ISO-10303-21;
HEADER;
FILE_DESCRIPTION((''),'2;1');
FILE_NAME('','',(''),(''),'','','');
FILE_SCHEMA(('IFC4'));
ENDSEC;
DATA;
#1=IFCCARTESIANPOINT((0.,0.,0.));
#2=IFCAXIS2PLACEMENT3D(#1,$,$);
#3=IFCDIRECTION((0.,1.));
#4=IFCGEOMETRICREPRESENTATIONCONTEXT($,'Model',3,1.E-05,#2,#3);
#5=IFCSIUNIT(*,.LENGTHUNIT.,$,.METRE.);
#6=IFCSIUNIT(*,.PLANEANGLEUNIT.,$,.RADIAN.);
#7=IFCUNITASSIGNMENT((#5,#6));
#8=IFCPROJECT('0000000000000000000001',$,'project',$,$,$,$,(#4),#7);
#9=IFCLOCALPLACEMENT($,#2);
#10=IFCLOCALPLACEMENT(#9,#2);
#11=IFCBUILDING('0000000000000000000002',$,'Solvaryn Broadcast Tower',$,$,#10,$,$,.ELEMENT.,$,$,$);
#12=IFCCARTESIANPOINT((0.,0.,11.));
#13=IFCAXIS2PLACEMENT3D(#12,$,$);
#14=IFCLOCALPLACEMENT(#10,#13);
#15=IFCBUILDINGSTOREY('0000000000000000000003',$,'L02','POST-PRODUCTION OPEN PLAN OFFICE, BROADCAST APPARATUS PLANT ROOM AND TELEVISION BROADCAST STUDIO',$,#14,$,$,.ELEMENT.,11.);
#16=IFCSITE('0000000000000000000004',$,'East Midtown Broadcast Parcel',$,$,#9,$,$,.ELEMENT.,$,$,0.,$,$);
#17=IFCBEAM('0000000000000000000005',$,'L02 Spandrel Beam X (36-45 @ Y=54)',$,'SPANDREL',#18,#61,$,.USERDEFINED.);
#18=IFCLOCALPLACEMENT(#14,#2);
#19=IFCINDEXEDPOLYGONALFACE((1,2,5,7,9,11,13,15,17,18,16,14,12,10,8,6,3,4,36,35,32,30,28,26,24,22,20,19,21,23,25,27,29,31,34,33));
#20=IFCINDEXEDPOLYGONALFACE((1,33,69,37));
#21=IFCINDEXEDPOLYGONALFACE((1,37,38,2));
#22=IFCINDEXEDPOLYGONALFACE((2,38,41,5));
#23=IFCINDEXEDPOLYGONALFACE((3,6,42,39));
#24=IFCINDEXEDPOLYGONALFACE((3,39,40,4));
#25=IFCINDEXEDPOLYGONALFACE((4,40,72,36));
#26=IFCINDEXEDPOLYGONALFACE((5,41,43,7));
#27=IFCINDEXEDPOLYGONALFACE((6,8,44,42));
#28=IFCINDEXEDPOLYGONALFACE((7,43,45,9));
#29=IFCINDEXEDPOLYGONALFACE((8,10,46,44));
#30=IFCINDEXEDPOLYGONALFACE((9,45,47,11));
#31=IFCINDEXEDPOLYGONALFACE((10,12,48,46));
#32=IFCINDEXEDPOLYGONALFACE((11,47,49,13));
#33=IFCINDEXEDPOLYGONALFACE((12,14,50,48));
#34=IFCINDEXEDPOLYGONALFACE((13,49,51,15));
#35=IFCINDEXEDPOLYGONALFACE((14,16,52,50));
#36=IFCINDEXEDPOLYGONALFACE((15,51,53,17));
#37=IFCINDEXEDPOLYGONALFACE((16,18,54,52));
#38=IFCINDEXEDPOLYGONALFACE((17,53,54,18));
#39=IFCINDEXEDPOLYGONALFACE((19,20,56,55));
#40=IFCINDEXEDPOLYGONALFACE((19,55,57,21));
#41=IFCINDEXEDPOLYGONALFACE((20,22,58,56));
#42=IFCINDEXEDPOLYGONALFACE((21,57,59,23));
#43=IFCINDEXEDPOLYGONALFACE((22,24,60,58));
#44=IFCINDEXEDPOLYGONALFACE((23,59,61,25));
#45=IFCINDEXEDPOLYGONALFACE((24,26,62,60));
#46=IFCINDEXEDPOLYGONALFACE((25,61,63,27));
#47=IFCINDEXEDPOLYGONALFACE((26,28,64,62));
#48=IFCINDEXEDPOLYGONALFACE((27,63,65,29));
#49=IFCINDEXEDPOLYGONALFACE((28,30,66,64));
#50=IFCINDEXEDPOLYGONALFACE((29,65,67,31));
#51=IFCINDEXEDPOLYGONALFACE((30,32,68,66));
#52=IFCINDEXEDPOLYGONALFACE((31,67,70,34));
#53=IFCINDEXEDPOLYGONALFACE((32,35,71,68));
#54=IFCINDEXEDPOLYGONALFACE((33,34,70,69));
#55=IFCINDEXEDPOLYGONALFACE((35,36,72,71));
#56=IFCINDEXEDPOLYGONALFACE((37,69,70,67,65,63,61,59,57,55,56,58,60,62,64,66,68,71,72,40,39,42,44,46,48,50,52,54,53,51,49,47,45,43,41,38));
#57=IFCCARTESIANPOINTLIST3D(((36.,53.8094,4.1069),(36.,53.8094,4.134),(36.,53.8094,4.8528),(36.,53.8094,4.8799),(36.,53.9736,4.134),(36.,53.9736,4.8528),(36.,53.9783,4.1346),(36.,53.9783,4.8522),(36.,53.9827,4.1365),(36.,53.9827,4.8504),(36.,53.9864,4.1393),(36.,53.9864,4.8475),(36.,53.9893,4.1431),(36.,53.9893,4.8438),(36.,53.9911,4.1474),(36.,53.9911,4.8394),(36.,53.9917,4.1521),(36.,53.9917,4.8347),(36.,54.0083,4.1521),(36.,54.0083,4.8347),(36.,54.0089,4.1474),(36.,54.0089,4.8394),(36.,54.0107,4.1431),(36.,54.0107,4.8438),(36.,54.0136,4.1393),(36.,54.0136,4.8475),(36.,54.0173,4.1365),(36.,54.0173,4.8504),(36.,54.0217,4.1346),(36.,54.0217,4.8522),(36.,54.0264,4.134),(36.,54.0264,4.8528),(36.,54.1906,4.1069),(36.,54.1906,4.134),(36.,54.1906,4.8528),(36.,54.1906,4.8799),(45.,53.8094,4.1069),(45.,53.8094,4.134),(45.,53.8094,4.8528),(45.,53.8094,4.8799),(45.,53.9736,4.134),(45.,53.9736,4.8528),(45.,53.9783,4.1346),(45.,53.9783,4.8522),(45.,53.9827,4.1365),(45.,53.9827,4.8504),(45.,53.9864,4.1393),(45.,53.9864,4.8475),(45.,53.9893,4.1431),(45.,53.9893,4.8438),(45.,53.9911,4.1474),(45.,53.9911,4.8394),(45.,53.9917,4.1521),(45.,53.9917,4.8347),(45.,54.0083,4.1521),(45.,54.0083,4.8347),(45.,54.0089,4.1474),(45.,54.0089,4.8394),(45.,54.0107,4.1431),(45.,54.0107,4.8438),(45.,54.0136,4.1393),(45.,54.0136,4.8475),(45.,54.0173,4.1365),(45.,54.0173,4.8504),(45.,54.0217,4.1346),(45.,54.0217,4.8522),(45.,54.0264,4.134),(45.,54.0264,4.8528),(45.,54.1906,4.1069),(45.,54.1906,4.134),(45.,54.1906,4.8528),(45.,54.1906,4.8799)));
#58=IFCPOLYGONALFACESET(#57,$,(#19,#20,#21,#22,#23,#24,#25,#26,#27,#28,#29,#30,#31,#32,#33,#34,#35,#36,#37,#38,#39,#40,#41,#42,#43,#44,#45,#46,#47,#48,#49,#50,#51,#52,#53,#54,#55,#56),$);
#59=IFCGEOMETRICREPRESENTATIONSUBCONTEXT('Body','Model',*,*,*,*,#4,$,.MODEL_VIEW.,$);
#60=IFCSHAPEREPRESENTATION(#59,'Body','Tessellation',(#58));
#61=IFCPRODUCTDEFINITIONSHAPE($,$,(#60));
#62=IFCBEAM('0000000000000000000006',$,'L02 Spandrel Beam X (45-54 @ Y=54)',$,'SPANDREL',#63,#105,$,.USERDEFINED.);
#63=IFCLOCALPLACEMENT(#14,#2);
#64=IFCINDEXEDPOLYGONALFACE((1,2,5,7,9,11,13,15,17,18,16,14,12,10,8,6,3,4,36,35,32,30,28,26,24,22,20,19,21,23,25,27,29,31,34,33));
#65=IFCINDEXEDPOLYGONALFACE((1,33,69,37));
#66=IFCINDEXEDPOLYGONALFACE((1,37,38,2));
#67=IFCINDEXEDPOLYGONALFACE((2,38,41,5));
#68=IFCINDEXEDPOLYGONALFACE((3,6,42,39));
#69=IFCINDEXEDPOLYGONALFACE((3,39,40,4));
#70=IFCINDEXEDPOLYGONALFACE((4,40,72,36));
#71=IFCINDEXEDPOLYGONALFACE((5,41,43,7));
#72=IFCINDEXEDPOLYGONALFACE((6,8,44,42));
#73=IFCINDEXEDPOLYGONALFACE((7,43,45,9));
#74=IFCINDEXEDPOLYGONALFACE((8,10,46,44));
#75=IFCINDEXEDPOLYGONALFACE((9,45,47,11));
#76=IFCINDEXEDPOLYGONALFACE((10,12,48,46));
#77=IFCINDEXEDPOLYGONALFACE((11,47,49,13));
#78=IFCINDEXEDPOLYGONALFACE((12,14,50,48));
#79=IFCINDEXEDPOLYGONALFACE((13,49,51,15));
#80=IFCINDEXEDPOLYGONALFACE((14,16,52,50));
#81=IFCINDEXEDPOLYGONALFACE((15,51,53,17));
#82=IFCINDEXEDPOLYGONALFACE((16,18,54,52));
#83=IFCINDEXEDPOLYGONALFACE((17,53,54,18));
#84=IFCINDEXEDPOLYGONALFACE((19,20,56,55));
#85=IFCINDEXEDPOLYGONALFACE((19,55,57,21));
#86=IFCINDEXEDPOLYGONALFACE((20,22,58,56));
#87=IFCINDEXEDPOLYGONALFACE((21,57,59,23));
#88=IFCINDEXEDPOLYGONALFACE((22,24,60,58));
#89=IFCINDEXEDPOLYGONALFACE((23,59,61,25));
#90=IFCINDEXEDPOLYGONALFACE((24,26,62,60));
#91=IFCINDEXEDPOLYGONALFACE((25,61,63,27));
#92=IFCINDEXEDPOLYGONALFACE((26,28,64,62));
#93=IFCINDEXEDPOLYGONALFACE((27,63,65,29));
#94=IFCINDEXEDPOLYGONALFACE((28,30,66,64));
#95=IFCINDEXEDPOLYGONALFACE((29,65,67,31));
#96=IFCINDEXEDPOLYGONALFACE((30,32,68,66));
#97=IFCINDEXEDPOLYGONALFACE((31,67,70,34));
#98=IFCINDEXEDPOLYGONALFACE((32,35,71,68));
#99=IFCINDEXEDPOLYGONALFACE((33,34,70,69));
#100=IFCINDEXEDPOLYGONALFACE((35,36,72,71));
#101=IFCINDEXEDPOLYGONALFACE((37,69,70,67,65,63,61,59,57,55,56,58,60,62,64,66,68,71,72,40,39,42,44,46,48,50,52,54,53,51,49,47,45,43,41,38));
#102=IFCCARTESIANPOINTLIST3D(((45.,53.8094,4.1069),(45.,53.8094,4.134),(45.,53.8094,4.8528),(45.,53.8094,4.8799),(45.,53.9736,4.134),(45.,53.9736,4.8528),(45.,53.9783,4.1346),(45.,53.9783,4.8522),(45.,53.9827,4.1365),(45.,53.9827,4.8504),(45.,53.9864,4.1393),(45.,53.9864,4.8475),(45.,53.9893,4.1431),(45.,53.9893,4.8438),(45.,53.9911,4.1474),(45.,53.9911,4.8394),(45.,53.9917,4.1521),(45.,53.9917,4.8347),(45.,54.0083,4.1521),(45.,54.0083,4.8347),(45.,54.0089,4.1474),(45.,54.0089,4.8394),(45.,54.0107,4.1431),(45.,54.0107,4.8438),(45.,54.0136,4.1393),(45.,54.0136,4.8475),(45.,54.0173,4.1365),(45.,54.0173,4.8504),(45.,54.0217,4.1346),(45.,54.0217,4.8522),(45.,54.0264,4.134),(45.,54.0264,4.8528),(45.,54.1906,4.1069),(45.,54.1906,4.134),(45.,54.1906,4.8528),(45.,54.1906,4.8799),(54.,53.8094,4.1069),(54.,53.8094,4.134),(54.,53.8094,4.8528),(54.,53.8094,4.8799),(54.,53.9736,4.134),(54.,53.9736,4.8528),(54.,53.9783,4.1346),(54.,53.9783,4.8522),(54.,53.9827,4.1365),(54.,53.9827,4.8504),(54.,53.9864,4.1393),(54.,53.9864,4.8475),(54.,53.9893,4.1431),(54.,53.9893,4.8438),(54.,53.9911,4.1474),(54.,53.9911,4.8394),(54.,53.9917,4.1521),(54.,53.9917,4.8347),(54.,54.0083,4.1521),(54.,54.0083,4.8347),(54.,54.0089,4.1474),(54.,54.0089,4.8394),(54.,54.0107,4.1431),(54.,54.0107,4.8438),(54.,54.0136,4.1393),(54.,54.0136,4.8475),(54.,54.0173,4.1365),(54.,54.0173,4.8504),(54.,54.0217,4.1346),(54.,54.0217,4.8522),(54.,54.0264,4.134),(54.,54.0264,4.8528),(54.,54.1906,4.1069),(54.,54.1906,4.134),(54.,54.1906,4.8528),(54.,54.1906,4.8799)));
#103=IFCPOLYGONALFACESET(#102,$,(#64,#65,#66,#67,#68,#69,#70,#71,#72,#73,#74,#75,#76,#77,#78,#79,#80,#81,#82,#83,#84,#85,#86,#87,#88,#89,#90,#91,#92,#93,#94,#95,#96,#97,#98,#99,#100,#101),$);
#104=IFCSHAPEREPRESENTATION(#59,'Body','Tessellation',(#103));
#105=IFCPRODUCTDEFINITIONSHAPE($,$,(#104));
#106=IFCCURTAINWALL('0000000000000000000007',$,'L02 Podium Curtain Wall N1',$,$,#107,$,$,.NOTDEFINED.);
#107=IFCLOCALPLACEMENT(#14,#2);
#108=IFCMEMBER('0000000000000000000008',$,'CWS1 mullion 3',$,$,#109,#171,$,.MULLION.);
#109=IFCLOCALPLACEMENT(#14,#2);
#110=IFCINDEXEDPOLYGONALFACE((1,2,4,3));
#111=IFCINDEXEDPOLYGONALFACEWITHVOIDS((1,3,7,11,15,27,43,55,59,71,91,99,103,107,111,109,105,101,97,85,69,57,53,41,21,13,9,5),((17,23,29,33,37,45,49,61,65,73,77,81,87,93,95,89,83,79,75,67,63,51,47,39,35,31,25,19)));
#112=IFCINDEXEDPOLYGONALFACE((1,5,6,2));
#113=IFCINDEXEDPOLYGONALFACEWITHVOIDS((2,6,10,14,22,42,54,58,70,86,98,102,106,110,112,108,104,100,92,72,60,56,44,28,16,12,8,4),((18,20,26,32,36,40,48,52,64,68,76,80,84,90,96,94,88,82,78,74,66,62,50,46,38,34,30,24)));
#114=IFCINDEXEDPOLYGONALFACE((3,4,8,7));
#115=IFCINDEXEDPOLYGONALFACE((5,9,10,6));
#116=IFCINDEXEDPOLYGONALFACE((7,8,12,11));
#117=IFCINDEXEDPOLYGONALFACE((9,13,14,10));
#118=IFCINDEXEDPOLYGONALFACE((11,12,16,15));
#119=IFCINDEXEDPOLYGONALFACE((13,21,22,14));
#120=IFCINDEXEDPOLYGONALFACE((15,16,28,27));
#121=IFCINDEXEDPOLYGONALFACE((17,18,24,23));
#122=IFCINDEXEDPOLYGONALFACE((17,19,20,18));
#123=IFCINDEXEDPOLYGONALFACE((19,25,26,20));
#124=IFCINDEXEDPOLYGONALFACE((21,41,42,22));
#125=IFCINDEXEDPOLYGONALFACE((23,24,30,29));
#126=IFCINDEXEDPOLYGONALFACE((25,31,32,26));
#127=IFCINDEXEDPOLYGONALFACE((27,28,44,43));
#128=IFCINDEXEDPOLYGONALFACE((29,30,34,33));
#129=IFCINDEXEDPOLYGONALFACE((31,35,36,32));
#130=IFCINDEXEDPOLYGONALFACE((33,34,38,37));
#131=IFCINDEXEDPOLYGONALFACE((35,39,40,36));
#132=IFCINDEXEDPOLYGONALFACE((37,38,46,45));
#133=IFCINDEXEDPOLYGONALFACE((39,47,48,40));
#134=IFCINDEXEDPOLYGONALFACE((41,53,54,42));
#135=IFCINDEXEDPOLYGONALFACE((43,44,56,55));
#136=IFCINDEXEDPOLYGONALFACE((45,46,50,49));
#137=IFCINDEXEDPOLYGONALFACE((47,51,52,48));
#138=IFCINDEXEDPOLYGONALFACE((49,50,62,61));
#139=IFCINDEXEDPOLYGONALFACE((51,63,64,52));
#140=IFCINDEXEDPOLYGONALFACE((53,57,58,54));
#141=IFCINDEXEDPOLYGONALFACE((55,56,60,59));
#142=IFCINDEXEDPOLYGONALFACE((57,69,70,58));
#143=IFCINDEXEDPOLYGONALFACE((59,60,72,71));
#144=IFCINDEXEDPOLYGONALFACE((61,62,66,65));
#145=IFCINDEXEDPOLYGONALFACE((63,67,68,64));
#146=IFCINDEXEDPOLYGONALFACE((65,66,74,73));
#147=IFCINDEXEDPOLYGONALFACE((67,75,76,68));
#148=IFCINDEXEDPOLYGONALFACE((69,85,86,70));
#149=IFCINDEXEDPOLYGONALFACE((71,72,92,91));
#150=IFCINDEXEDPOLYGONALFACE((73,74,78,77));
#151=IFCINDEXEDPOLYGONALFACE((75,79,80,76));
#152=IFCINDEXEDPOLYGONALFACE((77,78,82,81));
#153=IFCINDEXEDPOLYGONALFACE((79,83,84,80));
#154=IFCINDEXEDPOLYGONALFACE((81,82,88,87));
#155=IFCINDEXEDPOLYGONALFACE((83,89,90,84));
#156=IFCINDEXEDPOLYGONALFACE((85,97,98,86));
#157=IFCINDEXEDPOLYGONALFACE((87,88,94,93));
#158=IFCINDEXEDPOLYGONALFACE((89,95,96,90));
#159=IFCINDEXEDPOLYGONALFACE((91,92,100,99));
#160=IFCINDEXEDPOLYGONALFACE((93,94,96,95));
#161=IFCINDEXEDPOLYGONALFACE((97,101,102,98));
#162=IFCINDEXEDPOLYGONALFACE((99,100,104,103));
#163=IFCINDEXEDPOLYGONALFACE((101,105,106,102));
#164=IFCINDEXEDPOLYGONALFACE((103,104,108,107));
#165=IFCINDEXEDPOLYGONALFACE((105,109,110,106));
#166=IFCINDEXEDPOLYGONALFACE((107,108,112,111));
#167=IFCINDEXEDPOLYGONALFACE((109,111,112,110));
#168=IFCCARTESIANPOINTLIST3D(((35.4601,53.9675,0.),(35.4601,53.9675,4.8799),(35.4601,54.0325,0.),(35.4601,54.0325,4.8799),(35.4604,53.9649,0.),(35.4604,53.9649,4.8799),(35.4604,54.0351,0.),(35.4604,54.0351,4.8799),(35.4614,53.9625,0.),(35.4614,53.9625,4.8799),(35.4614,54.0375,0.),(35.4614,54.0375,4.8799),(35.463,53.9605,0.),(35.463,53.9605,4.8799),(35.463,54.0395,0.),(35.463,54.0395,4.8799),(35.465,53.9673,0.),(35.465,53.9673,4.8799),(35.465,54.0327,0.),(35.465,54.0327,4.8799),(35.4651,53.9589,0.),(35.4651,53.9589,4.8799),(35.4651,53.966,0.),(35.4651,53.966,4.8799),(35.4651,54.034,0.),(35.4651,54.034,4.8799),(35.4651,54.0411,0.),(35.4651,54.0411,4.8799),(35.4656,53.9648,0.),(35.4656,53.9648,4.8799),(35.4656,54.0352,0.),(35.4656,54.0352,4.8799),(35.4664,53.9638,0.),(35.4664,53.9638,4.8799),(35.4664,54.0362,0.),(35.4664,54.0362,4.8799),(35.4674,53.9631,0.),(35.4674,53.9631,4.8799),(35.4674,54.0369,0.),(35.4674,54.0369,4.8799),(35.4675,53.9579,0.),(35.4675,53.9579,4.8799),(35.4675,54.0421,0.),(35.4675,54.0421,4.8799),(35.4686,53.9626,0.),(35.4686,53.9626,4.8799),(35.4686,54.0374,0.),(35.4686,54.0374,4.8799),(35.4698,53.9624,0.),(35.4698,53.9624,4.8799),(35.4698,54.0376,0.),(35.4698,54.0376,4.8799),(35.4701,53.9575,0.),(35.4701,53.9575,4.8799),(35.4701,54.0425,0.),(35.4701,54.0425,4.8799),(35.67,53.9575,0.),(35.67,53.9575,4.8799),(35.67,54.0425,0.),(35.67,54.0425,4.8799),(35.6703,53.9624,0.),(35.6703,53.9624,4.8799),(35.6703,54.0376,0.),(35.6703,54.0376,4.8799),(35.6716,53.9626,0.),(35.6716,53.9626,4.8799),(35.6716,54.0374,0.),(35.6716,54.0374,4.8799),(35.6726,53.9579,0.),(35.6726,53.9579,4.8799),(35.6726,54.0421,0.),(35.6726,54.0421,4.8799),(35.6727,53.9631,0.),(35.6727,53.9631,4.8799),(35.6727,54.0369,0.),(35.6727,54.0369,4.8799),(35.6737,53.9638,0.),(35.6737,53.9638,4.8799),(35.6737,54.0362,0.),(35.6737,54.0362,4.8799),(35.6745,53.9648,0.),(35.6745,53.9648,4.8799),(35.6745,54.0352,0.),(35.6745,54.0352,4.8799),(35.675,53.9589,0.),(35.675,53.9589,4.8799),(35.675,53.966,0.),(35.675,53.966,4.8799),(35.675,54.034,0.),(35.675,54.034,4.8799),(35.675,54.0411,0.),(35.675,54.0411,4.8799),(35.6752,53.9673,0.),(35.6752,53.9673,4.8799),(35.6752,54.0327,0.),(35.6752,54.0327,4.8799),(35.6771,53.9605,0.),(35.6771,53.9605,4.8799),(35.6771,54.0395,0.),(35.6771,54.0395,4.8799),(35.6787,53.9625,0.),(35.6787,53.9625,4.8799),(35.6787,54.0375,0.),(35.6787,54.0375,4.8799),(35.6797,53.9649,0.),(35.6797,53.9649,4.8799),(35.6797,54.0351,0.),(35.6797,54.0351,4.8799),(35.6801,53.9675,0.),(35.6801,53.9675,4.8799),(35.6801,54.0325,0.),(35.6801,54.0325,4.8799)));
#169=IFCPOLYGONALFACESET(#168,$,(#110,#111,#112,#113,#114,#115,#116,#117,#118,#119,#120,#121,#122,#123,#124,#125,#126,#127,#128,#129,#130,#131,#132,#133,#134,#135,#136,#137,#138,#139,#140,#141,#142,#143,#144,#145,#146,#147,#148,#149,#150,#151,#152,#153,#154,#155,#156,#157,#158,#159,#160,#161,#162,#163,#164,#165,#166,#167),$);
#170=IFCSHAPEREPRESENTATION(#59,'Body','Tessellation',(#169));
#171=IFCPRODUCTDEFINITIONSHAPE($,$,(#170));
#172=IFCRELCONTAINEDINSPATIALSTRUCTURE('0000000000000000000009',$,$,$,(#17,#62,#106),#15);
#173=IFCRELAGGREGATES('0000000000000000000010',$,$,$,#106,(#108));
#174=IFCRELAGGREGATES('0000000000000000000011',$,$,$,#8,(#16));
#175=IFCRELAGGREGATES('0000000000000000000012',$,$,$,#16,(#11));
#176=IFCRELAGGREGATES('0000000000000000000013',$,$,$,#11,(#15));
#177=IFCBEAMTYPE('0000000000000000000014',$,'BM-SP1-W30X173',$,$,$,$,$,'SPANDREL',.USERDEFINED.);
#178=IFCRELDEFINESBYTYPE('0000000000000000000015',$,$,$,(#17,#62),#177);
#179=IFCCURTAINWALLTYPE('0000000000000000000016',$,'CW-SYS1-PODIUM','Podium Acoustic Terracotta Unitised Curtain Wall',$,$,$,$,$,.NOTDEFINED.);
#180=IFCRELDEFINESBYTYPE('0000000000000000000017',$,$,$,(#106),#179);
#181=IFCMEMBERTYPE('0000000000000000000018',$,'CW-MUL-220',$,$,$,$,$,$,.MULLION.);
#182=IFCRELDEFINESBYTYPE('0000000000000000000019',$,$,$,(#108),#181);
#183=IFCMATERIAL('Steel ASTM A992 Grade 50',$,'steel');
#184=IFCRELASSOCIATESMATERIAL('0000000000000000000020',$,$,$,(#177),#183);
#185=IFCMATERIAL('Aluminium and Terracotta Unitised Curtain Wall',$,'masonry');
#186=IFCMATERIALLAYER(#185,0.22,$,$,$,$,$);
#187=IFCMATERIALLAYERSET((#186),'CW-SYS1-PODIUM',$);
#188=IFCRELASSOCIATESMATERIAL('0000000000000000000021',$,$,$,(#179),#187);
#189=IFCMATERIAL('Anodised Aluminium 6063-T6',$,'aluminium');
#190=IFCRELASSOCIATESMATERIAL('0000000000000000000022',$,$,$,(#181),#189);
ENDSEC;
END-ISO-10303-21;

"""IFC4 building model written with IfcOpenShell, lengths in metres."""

from ifc_helpers import new_model, si_unit, direction, frame, origin, origin_2d, place, context, subcontext, project, spatial, hollow_rectangle, i_section, extrude, material, layer, layer_set, material_profile, profile_set, type_object, element, aggregate, save


model = new_model("IFC4")

# Units and contexts
model_context = context("Model", 3, precision=1e-05, world=origin(), true_north=direction((0.0, 1.0)))
body_context = subcontext(model_context, "Body", "Model", "MODEL_VIEW")
ifc_project = project(units=[si_unit("LENGTHUNIT", "METRE"), si_unit("PLANEANGLEUNIT", "RADIAN")], contexts=[model_context])

# Site, building, storey
site_placement = place(None, origin())
site = spatial("IfcSite", under=ifc_project, at=site_placement, Name="East Midtown Broadcast Parcel", CompositionType="ELEMENT", RefElevation=0.0)
building_placement = place(site_placement, origin())
building = spatial("IfcBuilding", under=site, at=building_placement, Name="Solvaryn Broadcast Tower", CompositionType="ELEMENT")
storey_placement = place(building_placement, frame((0.0, 0.0, 11.0)))
storey = spatial("IfcBuildingStorey", under=building, at=storey_placement, Name="L02", Description="POST-PRODUCTION OPEN PLAN OFFICE, BROADCAST APPARATUS PLANT ROOM AND TELEVISION BROADCAST STUDIO", CompositionType="ELEMENT", Elevation=11.0)

# Beams
ifc_material_1 = material(Name="Steel ASTM A992 Grade 50", Category="steel")
ifc_material_profile_1 = material_profile(ifc_material_1, i_section(OverallWidth=0.3811, OverallDepth=0.7729, WebThickness=0.0166, FlangeThickness=0.0271, FilletRadius=0.0181, at=origin_2d()))
ifc_profile_set_1 = profile_set([ifc_material_profile_1], Name="Steel ASTM A992 Grade 50")
beam_type_1 = type_object("IfcBeamType", Name="BM-SP1-W30X173", ElementType="SPANDREL", PredefinedType="USERDEFINED", material=ifc_profile_set_1)
for number, where, z_axis, x_axis, name in (
    (1, (36.0, 54.0, 4.4934), (1.0, 0.0, 0.0), (0.0, 1.0, 0.0), "L02 Spandrel Beam X (36-45 @ Y=54)"),
    (2, (45.0, 54.0, 4.4934), (1.0, 0.0, 0.0), (0.0, 1.0, 0.0), "L02 Spandrel Beam X (45-54 @ Y=54)"),
):
    element("IfcBeam", number, at=place(storey_placement, frame(where, z_axis=z_axis, x_axis=x_axis)), inside=storey, type_object=beam_type_1, Name=name, ObjectType="SPANDREL", PredefinedType="USERDEFINED", context=body_context, shape_type="SweptSolid", body=[
        extrude(i_section(OverallWidth=0.3811, OverallDepth=0.7729, WebThickness=0.0166, FlangeThickness=0.0271, FilletRadius=0.0181, at=origin_2d()), origin(), (0.0, 0.0, 1.0), 9.0),
    ])

# Curtain wall, member
ifc_material_2 = material(Name="Aluminium and Terracotta Unitised Curtain Wall", Category="masonry")
ifc_layer_1 = layer(ifc_material_2, 0.22)
ifc_layer_set_1 = layer_set([ifc_layer_1], Name="CW-SYS1-PODIUM")
curtain_wall_type = type_object("IfcCurtainWallType", Name="CW-SYS1-PODIUM", Description="Podium Acoustic Terracotta Unitised Curtain Wall", PredefinedType="NOTDEFINED", material=ifc_layer_set_1)
curtain_wall_1_placement = place(storey_placement, origin())
curtain_wall_1 = element("IfcCurtainWall", 3, at=curtain_wall_1_placement, inside=storey, type_object=curtain_wall_type, Name="L02 Podium Curtain Wall N1", PredefinedType="NOTDEFINED")
ifc_material_3 = material(Name="Anodised Aluminium 6063-T6", Category="aluminium")
ifc_material_profile_2 = material_profile(ifc_material_3, hollow_rectangle(XDim=0.085, YDim=0.22, WallThickness=0.0049, InnerFilletRadius=0.0049, OuterFilletRadius=0.01, at=origin_2d()))
ifc_profile_set_2 = profile_set([ifc_material_profile_2], Name="Anodised Aluminium 6063-T6")
member_type_1 = type_object("IfcMemberType", Name="CW-MUL-220", PredefinedType="MULLION", material=ifc_profile_set_2)
member_1_placement = place(storey_placement, frame((35.5701, 54.0, 0.0), z_axis=(0.0, 0.0, 1.0), x_axis=(0.0, 1.0, 0.0)))
member_1 = element("IfcMember", 4, at=member_1_placement, type_object=member_type_1, Name="CWS1 mullion 3", PredefinedType="MULLION", context=body_context, shape_type="SweptSolid", body=[
    extrude(hollow_rectangle(XDim=0.085, YDim=0.22, WallThickness=0.0049, InnerFilletRadius=0.0049, OuterFilletRadius=0.01, at=origin_2d()), origin(), (0.0, 0.0, 1.0), 4.8799),
])
aggregate(curtain_wall_1, [member_1])

save(model, "model.ifc")
